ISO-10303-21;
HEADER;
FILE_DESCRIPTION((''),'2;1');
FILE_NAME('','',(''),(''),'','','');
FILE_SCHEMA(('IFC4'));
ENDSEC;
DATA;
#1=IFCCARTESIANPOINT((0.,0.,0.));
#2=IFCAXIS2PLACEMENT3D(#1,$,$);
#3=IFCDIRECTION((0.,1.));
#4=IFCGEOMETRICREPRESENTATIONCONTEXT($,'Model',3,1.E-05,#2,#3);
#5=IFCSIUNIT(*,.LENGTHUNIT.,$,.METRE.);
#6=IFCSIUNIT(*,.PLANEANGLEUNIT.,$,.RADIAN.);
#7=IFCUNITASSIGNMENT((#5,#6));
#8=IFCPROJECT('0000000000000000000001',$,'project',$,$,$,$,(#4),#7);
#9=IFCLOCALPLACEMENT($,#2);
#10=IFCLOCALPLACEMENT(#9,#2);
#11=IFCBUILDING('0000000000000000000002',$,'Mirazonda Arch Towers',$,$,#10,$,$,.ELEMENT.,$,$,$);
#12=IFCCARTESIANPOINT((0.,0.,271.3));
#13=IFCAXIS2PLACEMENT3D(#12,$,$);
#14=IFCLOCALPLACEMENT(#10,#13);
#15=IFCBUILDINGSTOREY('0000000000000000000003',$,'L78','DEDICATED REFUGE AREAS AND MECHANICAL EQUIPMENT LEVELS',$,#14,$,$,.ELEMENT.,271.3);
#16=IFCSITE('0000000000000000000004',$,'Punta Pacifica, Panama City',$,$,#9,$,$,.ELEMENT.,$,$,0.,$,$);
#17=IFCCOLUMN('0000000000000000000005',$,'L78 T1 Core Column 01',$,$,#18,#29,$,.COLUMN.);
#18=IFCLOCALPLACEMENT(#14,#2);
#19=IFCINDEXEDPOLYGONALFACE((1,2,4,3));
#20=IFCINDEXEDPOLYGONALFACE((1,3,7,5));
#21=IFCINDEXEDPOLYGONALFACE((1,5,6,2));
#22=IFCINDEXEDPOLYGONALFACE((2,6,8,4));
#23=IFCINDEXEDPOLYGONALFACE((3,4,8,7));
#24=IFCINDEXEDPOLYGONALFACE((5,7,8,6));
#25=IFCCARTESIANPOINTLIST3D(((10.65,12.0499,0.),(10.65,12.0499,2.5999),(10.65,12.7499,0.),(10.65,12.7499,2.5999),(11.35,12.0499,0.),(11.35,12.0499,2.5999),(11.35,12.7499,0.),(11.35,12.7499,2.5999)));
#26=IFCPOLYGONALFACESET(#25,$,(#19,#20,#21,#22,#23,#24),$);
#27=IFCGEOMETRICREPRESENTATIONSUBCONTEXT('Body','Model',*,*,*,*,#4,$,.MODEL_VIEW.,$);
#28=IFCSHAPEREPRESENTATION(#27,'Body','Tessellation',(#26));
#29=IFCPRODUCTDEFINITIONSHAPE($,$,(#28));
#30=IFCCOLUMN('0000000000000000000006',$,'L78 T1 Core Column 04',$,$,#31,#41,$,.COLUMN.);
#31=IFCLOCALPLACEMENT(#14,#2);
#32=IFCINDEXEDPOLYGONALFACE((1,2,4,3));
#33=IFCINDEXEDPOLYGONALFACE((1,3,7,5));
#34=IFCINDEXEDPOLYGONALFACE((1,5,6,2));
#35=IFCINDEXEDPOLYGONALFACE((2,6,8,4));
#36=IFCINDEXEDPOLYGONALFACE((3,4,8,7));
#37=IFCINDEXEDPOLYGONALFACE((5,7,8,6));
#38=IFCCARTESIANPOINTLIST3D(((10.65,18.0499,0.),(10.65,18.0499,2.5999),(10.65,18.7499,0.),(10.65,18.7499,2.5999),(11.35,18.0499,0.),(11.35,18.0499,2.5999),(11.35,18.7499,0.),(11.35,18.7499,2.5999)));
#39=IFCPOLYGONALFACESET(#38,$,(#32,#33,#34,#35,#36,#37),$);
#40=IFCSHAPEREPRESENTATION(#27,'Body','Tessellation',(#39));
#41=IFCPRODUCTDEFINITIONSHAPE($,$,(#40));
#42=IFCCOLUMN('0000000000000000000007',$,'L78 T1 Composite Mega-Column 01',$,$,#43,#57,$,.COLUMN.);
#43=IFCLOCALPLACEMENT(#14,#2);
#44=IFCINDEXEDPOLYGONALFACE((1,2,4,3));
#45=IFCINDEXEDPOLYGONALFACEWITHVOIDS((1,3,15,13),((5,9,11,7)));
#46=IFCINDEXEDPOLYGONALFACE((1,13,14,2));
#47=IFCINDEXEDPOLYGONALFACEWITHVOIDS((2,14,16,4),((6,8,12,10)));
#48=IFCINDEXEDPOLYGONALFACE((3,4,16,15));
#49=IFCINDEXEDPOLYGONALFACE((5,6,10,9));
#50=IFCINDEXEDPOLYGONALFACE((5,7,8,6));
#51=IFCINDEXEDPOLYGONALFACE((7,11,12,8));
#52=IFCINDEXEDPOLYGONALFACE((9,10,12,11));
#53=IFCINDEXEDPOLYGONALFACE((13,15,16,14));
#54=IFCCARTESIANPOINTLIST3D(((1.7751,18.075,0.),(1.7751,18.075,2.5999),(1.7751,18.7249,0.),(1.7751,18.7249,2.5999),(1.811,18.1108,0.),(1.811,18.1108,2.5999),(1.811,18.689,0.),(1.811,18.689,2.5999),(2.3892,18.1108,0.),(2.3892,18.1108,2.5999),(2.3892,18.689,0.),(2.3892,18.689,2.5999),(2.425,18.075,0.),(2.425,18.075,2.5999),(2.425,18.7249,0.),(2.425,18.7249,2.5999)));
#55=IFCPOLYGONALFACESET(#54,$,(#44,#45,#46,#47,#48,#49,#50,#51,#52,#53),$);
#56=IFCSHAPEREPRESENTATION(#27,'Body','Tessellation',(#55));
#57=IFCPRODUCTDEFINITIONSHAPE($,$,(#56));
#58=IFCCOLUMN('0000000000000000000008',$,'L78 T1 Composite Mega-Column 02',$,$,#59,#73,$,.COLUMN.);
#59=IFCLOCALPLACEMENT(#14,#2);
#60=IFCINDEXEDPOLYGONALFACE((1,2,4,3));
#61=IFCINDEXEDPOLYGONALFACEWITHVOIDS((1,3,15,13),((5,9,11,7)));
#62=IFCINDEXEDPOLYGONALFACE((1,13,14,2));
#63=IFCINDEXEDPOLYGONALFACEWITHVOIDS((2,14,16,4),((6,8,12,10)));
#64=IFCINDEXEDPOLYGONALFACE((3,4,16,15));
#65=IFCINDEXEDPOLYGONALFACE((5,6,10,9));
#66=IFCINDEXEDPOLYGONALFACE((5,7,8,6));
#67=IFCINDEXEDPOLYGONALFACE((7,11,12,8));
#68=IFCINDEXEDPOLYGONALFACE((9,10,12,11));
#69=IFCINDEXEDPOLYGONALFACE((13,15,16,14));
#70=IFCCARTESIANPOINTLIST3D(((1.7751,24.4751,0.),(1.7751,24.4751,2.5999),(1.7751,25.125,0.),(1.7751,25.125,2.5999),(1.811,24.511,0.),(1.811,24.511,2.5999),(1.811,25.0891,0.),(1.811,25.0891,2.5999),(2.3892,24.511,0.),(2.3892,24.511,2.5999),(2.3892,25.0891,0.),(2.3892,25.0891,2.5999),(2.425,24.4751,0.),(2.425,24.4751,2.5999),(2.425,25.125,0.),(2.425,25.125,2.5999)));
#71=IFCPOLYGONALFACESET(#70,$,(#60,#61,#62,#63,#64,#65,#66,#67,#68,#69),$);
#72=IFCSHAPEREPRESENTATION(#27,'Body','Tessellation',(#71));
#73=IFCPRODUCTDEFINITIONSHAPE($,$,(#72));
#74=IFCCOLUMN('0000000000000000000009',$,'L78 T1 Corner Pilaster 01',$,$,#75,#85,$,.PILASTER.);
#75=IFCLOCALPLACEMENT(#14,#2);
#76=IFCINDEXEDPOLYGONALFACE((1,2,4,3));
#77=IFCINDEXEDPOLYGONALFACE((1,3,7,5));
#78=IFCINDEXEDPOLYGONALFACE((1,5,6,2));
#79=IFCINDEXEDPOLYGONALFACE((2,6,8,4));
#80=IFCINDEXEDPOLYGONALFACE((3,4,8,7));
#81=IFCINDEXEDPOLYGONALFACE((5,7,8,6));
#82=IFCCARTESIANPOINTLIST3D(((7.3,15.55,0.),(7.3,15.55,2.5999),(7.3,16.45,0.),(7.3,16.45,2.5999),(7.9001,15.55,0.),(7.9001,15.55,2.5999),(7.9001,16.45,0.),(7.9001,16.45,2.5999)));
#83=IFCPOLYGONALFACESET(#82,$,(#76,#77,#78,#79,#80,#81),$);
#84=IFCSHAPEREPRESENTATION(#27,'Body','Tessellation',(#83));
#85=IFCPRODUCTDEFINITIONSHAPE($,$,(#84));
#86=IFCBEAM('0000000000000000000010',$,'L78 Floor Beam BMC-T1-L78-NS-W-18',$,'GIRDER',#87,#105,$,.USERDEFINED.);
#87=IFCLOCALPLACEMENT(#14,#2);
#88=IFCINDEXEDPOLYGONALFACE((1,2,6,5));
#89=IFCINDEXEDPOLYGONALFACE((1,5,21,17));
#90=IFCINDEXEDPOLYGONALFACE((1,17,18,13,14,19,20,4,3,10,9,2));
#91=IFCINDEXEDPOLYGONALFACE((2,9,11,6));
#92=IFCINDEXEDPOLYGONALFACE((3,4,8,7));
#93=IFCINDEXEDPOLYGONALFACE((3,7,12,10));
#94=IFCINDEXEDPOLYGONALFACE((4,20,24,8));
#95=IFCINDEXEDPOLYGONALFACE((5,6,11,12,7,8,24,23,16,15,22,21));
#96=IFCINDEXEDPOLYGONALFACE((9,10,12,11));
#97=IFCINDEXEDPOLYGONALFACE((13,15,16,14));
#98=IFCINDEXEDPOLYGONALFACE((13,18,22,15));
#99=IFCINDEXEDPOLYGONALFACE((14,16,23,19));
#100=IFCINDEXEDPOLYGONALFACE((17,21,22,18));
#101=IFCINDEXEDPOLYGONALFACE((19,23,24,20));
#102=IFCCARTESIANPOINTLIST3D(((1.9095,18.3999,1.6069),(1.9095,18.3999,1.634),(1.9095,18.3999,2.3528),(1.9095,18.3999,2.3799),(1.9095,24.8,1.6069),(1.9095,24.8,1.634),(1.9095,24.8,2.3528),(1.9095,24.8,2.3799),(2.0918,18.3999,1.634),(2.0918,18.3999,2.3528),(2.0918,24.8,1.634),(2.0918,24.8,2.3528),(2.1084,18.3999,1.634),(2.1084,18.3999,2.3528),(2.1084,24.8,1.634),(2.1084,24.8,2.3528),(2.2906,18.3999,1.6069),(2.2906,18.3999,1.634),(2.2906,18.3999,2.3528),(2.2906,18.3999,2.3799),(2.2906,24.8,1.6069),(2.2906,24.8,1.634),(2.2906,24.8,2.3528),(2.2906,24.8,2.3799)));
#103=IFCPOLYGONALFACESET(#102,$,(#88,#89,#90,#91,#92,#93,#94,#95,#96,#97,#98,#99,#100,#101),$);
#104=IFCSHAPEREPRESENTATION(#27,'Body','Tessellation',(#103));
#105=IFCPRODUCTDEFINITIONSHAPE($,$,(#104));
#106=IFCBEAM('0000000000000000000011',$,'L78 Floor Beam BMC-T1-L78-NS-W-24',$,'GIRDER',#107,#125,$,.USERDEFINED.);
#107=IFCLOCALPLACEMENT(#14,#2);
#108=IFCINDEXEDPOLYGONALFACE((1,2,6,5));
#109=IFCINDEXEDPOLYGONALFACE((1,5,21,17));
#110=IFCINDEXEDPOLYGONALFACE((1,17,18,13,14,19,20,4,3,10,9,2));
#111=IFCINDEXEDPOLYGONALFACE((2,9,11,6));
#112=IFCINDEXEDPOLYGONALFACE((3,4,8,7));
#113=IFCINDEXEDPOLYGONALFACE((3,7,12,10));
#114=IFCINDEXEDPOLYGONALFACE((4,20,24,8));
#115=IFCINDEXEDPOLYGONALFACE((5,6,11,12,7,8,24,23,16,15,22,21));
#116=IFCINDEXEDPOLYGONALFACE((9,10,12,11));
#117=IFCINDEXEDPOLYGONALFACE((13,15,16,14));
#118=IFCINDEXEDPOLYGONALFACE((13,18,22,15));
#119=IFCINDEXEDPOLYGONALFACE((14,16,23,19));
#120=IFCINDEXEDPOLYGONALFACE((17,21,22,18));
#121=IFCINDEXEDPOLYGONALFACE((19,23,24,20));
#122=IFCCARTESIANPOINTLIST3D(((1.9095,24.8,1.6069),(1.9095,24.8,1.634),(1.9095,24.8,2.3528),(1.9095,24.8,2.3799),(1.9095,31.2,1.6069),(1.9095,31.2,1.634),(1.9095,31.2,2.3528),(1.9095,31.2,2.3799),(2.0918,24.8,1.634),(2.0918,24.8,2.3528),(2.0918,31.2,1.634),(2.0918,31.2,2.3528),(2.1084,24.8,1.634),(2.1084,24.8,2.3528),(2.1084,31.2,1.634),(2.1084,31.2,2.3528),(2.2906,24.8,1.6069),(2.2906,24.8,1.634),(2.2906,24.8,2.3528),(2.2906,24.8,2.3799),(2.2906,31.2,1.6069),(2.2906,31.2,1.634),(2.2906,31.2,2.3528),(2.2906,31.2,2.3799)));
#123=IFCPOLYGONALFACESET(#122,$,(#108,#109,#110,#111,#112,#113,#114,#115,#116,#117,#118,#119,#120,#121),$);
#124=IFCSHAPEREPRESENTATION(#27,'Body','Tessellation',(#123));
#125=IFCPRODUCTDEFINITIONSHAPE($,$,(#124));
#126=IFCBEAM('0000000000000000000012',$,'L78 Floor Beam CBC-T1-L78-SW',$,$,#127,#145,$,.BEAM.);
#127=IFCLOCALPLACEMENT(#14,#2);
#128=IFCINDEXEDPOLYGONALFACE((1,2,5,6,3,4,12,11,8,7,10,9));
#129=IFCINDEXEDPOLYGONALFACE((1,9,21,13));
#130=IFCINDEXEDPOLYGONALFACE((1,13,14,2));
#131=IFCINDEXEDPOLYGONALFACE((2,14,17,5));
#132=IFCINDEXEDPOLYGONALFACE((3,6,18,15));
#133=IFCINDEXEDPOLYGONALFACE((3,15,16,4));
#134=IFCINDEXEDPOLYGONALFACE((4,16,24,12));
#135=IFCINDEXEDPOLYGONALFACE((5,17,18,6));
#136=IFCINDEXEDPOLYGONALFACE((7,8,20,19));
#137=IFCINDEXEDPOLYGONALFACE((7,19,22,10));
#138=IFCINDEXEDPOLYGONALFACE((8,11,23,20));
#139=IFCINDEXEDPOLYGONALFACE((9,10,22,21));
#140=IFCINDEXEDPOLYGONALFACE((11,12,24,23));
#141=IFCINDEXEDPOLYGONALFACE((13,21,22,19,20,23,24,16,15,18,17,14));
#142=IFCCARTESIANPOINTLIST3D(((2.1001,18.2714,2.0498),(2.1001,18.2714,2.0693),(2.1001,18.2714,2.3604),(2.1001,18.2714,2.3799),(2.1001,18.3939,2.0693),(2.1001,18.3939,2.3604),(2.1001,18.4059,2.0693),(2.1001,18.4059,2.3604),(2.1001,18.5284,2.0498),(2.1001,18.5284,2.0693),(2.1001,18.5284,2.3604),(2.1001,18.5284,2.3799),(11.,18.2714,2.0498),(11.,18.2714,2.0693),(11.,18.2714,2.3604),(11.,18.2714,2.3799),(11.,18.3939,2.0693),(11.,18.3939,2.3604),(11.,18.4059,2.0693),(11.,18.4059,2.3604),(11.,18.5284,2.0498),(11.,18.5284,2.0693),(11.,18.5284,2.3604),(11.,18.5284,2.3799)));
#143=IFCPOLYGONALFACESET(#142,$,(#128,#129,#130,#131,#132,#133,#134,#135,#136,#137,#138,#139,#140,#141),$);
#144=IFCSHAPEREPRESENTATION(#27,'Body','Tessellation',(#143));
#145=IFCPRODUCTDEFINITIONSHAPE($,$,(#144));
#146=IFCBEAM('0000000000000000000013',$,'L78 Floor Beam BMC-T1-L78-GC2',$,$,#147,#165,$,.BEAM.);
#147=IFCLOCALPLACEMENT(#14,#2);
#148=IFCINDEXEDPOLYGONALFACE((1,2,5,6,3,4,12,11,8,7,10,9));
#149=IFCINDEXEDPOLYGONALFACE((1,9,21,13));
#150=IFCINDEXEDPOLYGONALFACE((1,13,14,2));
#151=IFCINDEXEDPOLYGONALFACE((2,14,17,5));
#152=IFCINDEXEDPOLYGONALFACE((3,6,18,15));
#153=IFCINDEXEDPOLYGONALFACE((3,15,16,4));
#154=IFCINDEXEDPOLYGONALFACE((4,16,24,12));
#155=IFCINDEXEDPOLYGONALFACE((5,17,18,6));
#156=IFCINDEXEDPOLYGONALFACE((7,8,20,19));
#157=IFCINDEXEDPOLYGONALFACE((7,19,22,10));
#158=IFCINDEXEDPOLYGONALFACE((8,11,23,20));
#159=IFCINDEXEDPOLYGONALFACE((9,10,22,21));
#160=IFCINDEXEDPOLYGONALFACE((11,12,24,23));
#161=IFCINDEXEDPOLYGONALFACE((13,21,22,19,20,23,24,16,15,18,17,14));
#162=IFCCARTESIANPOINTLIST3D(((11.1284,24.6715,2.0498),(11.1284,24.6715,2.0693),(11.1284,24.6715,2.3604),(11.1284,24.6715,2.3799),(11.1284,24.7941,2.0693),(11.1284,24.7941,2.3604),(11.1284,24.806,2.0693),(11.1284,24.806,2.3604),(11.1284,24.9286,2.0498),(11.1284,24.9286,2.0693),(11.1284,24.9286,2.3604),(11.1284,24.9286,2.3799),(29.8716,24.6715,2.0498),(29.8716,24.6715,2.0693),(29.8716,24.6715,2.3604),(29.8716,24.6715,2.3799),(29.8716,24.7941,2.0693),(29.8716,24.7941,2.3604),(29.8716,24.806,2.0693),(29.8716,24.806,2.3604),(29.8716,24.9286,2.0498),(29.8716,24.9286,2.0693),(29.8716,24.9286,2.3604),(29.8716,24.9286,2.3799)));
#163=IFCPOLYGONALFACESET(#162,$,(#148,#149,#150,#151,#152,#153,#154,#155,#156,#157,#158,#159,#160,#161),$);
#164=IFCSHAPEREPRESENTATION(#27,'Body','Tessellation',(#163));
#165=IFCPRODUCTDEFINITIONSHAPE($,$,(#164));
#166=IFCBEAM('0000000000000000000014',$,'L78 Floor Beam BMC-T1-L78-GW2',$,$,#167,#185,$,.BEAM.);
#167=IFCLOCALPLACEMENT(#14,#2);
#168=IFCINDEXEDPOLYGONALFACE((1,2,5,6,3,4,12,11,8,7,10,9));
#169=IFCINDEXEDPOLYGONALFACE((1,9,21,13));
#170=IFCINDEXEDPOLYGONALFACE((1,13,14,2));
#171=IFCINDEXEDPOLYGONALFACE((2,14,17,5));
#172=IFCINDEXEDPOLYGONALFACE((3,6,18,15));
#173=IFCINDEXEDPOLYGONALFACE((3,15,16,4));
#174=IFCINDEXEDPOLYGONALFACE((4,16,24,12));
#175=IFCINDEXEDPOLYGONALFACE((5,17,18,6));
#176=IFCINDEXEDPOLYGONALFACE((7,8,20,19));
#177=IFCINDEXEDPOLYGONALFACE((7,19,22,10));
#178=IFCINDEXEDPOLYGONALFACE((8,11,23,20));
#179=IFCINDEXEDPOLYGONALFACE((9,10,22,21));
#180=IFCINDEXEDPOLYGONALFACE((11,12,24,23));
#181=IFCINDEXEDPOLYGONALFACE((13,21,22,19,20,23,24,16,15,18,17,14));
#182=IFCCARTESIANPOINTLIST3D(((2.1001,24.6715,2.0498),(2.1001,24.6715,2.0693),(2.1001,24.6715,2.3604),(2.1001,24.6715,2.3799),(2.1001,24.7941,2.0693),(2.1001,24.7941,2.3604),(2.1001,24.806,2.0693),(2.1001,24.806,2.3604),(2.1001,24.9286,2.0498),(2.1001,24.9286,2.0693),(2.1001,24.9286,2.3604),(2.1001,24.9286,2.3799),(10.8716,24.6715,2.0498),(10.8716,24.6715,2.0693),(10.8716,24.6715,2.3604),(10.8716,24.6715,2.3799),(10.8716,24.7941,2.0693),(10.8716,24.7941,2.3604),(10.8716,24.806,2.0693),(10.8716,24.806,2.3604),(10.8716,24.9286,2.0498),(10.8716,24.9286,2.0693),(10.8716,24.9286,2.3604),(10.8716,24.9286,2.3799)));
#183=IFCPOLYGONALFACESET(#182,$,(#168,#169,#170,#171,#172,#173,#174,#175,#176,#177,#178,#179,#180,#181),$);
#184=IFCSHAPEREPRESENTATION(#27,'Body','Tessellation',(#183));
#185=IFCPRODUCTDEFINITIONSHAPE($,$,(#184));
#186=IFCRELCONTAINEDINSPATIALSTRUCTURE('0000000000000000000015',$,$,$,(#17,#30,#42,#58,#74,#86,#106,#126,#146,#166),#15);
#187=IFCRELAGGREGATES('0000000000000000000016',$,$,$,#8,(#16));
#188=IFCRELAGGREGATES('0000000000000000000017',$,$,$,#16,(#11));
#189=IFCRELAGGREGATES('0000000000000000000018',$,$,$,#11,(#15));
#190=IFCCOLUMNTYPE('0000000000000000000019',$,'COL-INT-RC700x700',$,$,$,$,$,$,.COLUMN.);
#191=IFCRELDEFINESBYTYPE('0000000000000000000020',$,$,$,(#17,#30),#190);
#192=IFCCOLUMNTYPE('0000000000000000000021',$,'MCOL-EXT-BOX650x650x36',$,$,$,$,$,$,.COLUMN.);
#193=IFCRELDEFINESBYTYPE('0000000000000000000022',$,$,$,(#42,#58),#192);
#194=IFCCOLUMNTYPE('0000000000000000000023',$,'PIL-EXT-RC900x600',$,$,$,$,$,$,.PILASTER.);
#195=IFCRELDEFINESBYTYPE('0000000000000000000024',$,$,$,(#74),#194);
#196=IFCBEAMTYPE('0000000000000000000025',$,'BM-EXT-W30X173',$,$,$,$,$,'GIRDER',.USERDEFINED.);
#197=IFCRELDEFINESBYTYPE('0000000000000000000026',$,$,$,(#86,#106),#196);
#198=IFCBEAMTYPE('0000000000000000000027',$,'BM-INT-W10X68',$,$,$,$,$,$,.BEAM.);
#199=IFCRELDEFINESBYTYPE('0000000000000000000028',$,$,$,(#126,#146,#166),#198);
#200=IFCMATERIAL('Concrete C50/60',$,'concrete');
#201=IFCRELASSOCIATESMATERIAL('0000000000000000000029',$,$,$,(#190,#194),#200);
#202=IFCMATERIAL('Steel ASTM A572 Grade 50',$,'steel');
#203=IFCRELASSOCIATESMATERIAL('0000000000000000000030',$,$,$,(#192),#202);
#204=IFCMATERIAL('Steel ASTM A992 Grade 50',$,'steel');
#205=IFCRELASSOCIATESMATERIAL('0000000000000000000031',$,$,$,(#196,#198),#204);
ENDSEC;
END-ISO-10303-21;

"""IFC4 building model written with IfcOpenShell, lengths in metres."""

from ifc_helpers import new_model, si_unit, direction, frame, origin, origin_2d, place, context, subcontext, project, spatial, rectangle, hollow_rectangle, i_section, extrude, material, material_profile, profile_set, type_object, element, save


model = new_model("IFC4")

# Units and contexts
model_context = context("Model", 3, precision=1e-05, world=origin(), true_north=direction((0.0, 1.0)))
body_context = subcontext(model_context, "Body", "Model", "MODEL_VIEW")
ifc_project = project(units=[si_unit("LENGTHUNIT", "METRE"), si_unit("PLANEANGLEUNIT", "RADIAN")], contexts=[model_context])

# Site, building, storey
site_placement = place(None, origin())
site = spatial("IfcSite", under=ifc_project, at=site_placement, Name="Punta Pacifica, Panama City", CompositionType="ELEMENT", RefElevation=0.0)
building_placement = place(site_placement, origin())
building = spatial("IfcBuilding", under=site, at=building_placement, Name="Mirazonda Arch Towers", CompositionType="ELEMENT")
storey_placement = place(building_placement, frame((0.0, 0.0, 271.3)))
storey = spatial("IfcBuildingStorey", under=building, at=storey_placement, Name="L78", Description="DEDICATED REFUGE AREAS AND MECHANICAL EQUIPMENT LEVELS", CompositionType="ELEMENT", Elevation=271.3)

# Columns
ifc_material_1 = material(Name="Concrete C50/60", Category="concrete")
ifc_material_profile_1 = material_profile(ifc_material_1, rectangle(XDim=0.7, YDim=0.7, at=origin_2d()), Name="RC700x700")
ifc_profile_set_1 = profile_set([ifc_material_profile_1], Name="Concrete C50/60")
column_type_1 = type_object("IfcColumnType", Name="COL-INT-RC700x700", PredefinedType="COLUMN", material=ifc_profile_set_1)
for number, where, z_axis, x_axis, name in (
    (1, (11.0, 12.3999, 0.0), (0.0, 0.0, 1.0), (1.0, 0.0, 0.0), "L78 T1 Core Column 01"),
    (2, (11.0, 18.3999, 0.0), (0.0, 0.0, 1.0), (1.0, 0.0, 0.0), "L78 T1 Core Column 04"),
):
    element("IfcColumn", number, at=place(storey_placement, frame(where, z_axis=z_axis, x_axis=x_axis)), inside=storey, type_object=column_type_1, Name=name, PredefinedType="COLUMN", context=body_context, shape_type="SweptSolid", body=[
        extrude(rectangle(XDim=0.7, YDim=0.7, at=origin_2d()), origin(), (0.0, 0.0, 1.0), 2.5999),
    ])
ifc_material_2 = material(Name="Steel ASTM A572 Grade 50", Category="steel")
ifc_material_profile_2 = material_profile(ifc_material_2, hollow_rectangle(XDim=0.6499, YDim=0.6499, WallThickness=0.0359, at=origin_2d()), Name="BOX650x650x36")
ifc_profile_set_2 = profile_set([ifc_material_profile_2], Name="Steel ASTM A572 Grade 50")
column_type_2 = type_object("IfcColumnType", Name="MCOL-EXT-BOX650x650x36", PredefinedType="COLUMN", material=ifc_profile_set_2)
for number, where, z_axis, x_axis, name in (
    (3, (2.1001, 18.3999, 0.0), (0.0, 0.0, 1.0), (1.0, 0.0, 0.0), "L78 T1 Composite Mega-Column 01"),
    (4, (2.1001, 24.8, 0.0), (0.0, 0.0, 1.0), (1.0, 0.0, 0.0), "L78 T1 Composite Mega-Column 02"),
):
    element("IfcColumn", number, at=place(storey_placement, frame(where, z_axis=z_axis, x_axis=x_axis)), inside=storey, type_object=column_type_2, Name=name, PredefinedType="COLUMN", context=body_context, shape_type="SweptSolid", body=[
        extrude(hollow_rectangle(XDim=0.6499, YDim=0.6499, WallThickness=0.0359, at=origin_2d()), origin(), (0.0, 0.0, 1.0), 2.5999),
    ])
ifc_material_profile_3 = material_profile(ifc_material_1, rectangle(XDim=0.6001, YDim=0.8999, at=origin_2d()), Name="RC900x600")
ifc_profile_set_3 = profile_set([ifc_material_profile_3], Name="Concrete C50/60")
column_type_3 = type_object("IfcColumnType", Name="PIL-EXT-RC900x600", PredefinedType="PILASTER", material=ifc_profile_set_3)
column_placement = place(storey_placement, frame((7.6001, 16.0, 0.0), z_axis=(0.0, 0.0, 1.0), x_axis=(1.0, 0.0, 0.0)))
element("IfcColumn", 5, at=column_placement, inside=storey, type_object=column_type_3, Name="L78 T1 Corner Pilaster 01", PredefinedType="PILASTER", context=body_context, shape_type="SweptSolid", body=[
    extrude(rectangle(XDim=0.6001, YDim=0.8999, at=origin_2d()), origin(), (0.0, 0.0, 1.0), 2.5999),
])

# Beams
ifc_material_3 = material(Name="Steel ASTM A992 Grade 50", Category="steel")
ifc_material_profile_4 = material_profile(ifc_material_3, i_section(OverallWidth=0.3811, OverallDepth=0.7729, WebThickness=0.0166, FlangeThickness=0.0271, at=origin_2d()), Name="W30X173")
ifc_profile_set_4 = profile_set([ifc_material_profile_4], Name="Steel ASTM A992 Grade 50")
beam_type_1 = type_object("IfcBeamType", Name="BM-EXT-W30X173", ElementType="GIRDER", PredefinedType="USERDEFINED", material=ifc_profile_set_4)
beam_1_placement = place(storey_placement, frame((2.1001, 18.3999, 1.9934), z_axis=(0.0, 1.0, 0.0), x_axis=(-1.0, 0.0, 0.0)))
element("IfcBeam", 6, at=beam_1_placement, inside=storey, type_object=beam_type_1, Name="L78 Floor Beam BMC-T1-L78-NS-W-18", ObjectType="GIRDER", PredefinedType="USERDEFINED", context=body_context, shape_type="SweptSolid", body=[
    extrude(i_section(OverallWidth=0.3811, OverallDepth=0.7729, WebThickness=0.0166, FlangeThickness=0.0271, at=origin_2d()), origin(), (0.0, 0.0, 1.0), 6.4001),
])
beam_2_placement = place(storey_placement, frame((2.1001, 24.8, 1.9934), z_axis=(0.0, 1.0, 0.0), x_axis=(-1.0, 0.0, 0.0)))
element("IfcBeam", 7, at=beam_2_placement, inside=storey, type_object=beam_type_1, Name="L78 Floor Beam BMC-T1-L78-NS-W-24", ObjectType="GIRDER", PredefinedType="USERDEFINED", context=body_context, shape_type="SweptSolid", body=[
    extrude(i_section(OverallWidth=0.3811, OverallDepth=0.7729, WebThickness=0.0166, FlangeThickness=0.0271, at=origin_2d()), origin(), (0.0, 0.0, 1.0), 6.3999),
])
ifc_material_profile_5 = material_profile(ifc_material_3, i_section(OverallWidth=0.2571, OverallDepth=0.3301, WebThickness=0.012, FlangeThickness=0.0195, at=origin_2d()), Name="W10X68")
ifc_profile_set_5 = profile_set([ifc_material_profile_5], Name="Steel ASTM A992 Grade 50")
beam_type_2 = type_object("IfcBeamType", Name="BM-INT-W10X68", PredefinedType="BEAM", material=ifc_profile_set_5)
beam_3_placement = place(storey_placement, frame((2.1001, 18.3999, 2.2148), z_axis=(1.0, 0.0, 0.0), x_axis=(0.0, 1.0, 0.0)))
element("IfcBeam", 8, at=beam_3_placement, inside=storey, type_object=beam_type_2, Name="L78 Floor Beam CBC-T1-L78-SW", PredefinedType="BEAM", context=body_context, shape_type="SweptSolid", body=[
    extrude(i_section(OverallWidth=0.2571, OverallDepth=0.3301, WebThickness=0.012, FlangeThickness=0.0195, at=origin_2d()), origin(), (0.0, 0.0, 1.0), 8.8999),
])
beam_4_placement = place(storey_placement, frame((11.1284, 24.8, 2.2148), z_axis=(1.0, 0.0, 0.0), x_axis=(0.0, 1.0, 0.0)))
element("IfcBeam", 9, at=beam_4_placement, inside=storey, type_object=beam_type_2, Name="L78 Floor Beam BMC-T1-L78-GC2", PredefinedType="BEAM", context=body_context, shape_type="SweptSolid", body=[
    extrude(i_section(OverallWidth=0.2571, OverallDepth=0.3301, WebThickness=0.012, FlangeThickness=0.0195, at=origin_2d()), origin(), (0.0, 0.0, 1.0), 18.7432),
])
beam_5_placement = place(storey_placement, frame((2.1001, 24.8, 2.2148), z_axis=(1.0, 0.0, 0.0), x_axis=(0.0, 1.0, 0.0)))
element("IfcBeam", 10, at=beam_5_placement, inside=storey, type_object=beam_type_2, Name="L78 Floor Beam BMC-T1-L78-GW2", PredefinedType="BEAM", context=body_context, shape_type="SweptSolid", body=[
    extrude(i_section(OverallWidth=0.2571, OverallDepth=0.3301, WebThickness=0.012, FlangeThickness=0.0195, at=origin_2d()), origin(), (0.0, 0.0, 1.0), 8.7715),
])

save(model, "model.ifc")
